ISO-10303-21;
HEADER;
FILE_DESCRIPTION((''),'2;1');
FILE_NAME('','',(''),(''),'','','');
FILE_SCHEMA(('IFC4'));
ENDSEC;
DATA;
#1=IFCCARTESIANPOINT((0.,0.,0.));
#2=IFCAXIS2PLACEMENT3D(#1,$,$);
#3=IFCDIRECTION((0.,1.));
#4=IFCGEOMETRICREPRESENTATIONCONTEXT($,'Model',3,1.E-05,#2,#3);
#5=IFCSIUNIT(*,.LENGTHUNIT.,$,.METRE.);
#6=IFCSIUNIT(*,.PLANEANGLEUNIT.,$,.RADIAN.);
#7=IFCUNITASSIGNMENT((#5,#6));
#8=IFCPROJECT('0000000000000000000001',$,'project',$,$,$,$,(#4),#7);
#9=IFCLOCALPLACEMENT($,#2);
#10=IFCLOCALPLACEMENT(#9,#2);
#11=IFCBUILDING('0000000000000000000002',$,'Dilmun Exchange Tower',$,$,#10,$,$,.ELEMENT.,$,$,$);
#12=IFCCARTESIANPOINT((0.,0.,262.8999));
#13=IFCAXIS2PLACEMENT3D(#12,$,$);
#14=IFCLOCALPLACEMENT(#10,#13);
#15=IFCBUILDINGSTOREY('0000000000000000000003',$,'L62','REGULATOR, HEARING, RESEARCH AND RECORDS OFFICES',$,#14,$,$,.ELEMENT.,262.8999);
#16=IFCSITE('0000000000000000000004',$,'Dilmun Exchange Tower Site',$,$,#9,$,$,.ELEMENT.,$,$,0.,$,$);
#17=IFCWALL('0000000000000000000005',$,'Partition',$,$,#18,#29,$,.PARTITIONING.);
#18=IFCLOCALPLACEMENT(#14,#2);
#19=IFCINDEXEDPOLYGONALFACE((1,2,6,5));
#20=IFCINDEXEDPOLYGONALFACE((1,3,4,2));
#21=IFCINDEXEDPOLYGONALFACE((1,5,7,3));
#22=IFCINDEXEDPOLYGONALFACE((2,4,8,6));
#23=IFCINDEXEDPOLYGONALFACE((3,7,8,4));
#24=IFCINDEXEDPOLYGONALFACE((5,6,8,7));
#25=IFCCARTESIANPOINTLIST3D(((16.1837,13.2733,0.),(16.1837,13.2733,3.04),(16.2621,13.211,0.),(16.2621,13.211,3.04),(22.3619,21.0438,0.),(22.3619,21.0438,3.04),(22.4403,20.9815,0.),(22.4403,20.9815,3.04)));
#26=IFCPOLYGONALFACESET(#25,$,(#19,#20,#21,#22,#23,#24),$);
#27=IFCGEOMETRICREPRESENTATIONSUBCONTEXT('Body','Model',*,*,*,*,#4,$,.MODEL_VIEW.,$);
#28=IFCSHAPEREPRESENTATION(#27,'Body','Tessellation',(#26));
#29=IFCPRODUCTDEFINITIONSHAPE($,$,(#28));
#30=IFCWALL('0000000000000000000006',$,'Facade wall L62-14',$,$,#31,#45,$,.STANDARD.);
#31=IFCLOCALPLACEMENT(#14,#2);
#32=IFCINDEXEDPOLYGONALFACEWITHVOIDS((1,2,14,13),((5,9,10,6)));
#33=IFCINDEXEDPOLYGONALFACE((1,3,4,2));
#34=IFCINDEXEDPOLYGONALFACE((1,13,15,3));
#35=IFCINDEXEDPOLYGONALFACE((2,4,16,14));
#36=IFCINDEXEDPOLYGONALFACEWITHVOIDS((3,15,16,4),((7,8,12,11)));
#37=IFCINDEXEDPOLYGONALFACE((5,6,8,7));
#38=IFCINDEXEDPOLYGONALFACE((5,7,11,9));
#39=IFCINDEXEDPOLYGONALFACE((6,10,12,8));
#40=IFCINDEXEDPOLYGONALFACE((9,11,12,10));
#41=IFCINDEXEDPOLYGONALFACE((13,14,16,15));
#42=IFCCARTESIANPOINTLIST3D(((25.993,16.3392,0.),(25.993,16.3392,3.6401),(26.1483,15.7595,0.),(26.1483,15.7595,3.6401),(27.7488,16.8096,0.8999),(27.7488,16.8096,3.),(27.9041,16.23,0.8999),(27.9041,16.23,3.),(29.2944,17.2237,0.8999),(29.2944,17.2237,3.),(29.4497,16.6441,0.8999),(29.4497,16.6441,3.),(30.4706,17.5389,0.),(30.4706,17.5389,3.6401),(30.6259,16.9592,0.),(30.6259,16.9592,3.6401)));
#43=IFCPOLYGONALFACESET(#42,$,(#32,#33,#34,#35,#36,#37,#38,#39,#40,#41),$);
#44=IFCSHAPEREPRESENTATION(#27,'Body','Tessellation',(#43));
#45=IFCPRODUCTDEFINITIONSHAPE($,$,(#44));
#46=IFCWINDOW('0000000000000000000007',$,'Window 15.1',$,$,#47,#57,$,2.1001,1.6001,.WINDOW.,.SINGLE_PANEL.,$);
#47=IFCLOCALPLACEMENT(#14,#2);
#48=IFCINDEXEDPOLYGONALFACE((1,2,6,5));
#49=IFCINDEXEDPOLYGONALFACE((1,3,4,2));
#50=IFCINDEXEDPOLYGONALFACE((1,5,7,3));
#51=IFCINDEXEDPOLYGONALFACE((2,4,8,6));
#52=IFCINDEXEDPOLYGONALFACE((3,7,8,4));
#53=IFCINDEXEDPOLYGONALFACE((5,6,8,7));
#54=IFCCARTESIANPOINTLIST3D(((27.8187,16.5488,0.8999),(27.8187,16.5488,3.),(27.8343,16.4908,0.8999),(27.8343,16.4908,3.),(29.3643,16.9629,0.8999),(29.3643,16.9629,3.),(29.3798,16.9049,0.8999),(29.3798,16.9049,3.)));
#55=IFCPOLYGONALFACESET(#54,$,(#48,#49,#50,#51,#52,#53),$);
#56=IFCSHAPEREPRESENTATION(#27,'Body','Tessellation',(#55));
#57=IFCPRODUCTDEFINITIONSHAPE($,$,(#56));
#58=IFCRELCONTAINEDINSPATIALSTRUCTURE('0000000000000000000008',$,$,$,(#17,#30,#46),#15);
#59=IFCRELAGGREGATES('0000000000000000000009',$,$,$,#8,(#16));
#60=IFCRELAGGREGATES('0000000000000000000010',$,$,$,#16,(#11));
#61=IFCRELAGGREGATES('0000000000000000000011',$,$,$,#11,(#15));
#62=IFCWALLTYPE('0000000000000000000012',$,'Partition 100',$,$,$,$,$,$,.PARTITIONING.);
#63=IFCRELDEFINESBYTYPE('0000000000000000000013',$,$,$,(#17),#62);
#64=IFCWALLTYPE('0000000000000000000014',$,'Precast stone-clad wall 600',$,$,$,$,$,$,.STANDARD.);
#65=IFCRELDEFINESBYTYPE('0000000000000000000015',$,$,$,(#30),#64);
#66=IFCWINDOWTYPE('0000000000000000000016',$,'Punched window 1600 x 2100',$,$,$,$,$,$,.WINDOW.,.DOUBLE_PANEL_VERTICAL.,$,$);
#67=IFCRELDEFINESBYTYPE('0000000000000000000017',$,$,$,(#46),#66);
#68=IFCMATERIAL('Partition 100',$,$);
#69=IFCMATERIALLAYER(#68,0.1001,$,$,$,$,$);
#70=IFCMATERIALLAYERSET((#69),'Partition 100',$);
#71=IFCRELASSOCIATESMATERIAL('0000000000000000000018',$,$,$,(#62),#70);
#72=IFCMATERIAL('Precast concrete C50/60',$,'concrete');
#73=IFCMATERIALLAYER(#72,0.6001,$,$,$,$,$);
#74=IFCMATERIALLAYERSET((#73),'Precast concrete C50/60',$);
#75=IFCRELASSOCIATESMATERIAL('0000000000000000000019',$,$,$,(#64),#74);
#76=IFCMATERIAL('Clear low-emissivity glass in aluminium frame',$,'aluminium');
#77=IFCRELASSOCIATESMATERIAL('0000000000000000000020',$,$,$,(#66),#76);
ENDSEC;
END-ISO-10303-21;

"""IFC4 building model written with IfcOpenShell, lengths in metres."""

from ifc_helpers import new_model, si_unit, direction, frame, frame_2d, origin, place, context, subcontext, project, spatial, rectangle, extrude, material, layer, layer_set, type_object, element, fill, save


model = new_model("IFC4")

# Units and contexts
model_context = context("Model", 3, precision=1e-05, world=origin(), true_north=direction((0.0, 1.0)))
body_context = subcontext(model_context, "Body", "Model", "MODEL_VIEW")
ifc_project = project(units=[si_unit("LENGTHUNIT", "METRE"), si_unit("PLANEANGLEUNIT", "RADIAN")], contexts=[model_context])

# Site, building, storey
site_placement = place(None, origin())
site = spatial("IfcSite", under=ifc_project, at=site_placement, Name="Dilmun Exchange Tower Site", CompositionType="ELEMENT", RefElevation=0.0)
building_placement = place(site_placement, origin())
building = spatial("IfcBuilding", under=site, at=building_placement, Name="Dilmun Exchange Tower", CompositionType="ELEMENT")
storey_placement = place(building_placement, frame((0.0, 0.0, 262.8999)))
storey = spatial("IfcBuildingStorey", under=building, at=storey_placement, Name="L62", Description="REGULATOR, HEARING, RESEARCH AND RECORDS OFFICES", CompositionType="ELEMENT", Elevation=262.8999)

# Wall
ifc_material_1 = material(Name="Partition 100")
ifc_layer_1 = layer(ifc_material_1, 0.1001)
ifc_layer_set_1 = layer_set([ifc_layer_1], Name="Partition 100")
wall_type_1 = type_object("IfcWallType", Name="Partition 100", PredefinedType="PARTITIONING", material=ifc_layer_set_1)
wall_1_placement = place(storey_placement, frame((16.2229, 13.2422, 0.0), z_axis=(0.0, 0.0, 1.0), x_axis=(0.622347, 0.782742, 0.0)))
element("IfcWall", 1, at=wall_1_placement, inside=storey, type_object=wall_type_1, Name="Partition", PredefinedType="PARTITIONING", context=body_context, shape_type="SweptSolid", body=[
    extrude(rectangle(XDim=9.9272, YDim=0.1001, at=frame_2d((4.9636, 0.0))), origin(), (0.0, 0.0, 1.0), 3.04),
])

# Wall, opening, window
ifc_material_2 = material(Name="Precast concrete C50/60", Category="concrete")
ifc_layer_2 = layer(ifc_material_2, 0.6001)
ifc_layer_set_2 = layer_set([ifc_layer_2], Name="Precast concrete C50/60")
wall_type_2 = type_object("IfcWallType", Name="Precast stone-clad wall 600", PredefinedType="STANDARD", material=ifc_layer_set_2)
wall_2_placement = place(storey_placement, frame((26.0706, 16.0493, 0.0), z_axis=(0.0, 0.0, 1.0), x_axis=(0.965928, 0.25881, 0.0)))
wall_2 = element("IfcWall", 2, at=wall_2_placement, inside=storey, type_object=wall_type_2, Name="Facade wall L62-14", PredefinedType="STANDARD", context=body_context, shape_type="SweptSolid", body=[
    extrude(rectangle(XDim=4.6355, YDim=0.6001, at=frame_2d((2.3179, 0.0))), origin(), (0.0, 0.0, 1.0), 3.6401),
])
opening_1_placement = place(wall_2_placement, frame((1.8179, 0.0, 0.8999)))
opening_1 = element("IfcOpeningElement", 3, at=opening_1_placement, cuts=wall_2, PredefinedType="OPENING", context=body_context, shape_type="SweptSolid", body=[
    extrude(rectangle(XDim=1.6001, YDim=2.1001, at=frame_2d((0.8, 1.05))), frame((0.0, 0.3101, 0.0), z_axis=(0.0, -1.0, 0.0), x_axis=(1.0, 0.0, 0.0)), (0.0, 0.0, 1.0), 0.6201),
])
ifc_material_3 = material(Name="Clear low-emissivity glass in aluminium frame", Category="aluminium")
window_type_1 = type_object("IfcWindowType", Name="Punched window 1600 x 2100", PartitioningType="DOUBLE_PANEL_VERTICAL", PredefinedType="WINDOW", material=ifc_material_3)
window_1_placement = place(opening_1_placement, origin())
window_1 = element("IfcWindow", 4, at=window_1_placement, inside=storey, type_object=window_type_1, Name="Window 15.1", OverallHeight=2.1001, OverallWidth=1.6001, PartitioningType="SINGLE_PANEL", PredefinedType="WINDOW", context=body_context, shape_type="SweptSolid", body=[
    extrude(rectangle(XDim=1.6001, YDim=2.1001, at=frame_2d((0.8, 1.05))), frame((0.0, 0.03, 0.0), z_axis=(0.0, -1.0, 0.0), x_axis=(1.0, 0.0, 0.0)), (0.0, 0.0, 1.0), 0.0601),
])
fill(opening_1, window_1)

save(model, "model.ifc")
